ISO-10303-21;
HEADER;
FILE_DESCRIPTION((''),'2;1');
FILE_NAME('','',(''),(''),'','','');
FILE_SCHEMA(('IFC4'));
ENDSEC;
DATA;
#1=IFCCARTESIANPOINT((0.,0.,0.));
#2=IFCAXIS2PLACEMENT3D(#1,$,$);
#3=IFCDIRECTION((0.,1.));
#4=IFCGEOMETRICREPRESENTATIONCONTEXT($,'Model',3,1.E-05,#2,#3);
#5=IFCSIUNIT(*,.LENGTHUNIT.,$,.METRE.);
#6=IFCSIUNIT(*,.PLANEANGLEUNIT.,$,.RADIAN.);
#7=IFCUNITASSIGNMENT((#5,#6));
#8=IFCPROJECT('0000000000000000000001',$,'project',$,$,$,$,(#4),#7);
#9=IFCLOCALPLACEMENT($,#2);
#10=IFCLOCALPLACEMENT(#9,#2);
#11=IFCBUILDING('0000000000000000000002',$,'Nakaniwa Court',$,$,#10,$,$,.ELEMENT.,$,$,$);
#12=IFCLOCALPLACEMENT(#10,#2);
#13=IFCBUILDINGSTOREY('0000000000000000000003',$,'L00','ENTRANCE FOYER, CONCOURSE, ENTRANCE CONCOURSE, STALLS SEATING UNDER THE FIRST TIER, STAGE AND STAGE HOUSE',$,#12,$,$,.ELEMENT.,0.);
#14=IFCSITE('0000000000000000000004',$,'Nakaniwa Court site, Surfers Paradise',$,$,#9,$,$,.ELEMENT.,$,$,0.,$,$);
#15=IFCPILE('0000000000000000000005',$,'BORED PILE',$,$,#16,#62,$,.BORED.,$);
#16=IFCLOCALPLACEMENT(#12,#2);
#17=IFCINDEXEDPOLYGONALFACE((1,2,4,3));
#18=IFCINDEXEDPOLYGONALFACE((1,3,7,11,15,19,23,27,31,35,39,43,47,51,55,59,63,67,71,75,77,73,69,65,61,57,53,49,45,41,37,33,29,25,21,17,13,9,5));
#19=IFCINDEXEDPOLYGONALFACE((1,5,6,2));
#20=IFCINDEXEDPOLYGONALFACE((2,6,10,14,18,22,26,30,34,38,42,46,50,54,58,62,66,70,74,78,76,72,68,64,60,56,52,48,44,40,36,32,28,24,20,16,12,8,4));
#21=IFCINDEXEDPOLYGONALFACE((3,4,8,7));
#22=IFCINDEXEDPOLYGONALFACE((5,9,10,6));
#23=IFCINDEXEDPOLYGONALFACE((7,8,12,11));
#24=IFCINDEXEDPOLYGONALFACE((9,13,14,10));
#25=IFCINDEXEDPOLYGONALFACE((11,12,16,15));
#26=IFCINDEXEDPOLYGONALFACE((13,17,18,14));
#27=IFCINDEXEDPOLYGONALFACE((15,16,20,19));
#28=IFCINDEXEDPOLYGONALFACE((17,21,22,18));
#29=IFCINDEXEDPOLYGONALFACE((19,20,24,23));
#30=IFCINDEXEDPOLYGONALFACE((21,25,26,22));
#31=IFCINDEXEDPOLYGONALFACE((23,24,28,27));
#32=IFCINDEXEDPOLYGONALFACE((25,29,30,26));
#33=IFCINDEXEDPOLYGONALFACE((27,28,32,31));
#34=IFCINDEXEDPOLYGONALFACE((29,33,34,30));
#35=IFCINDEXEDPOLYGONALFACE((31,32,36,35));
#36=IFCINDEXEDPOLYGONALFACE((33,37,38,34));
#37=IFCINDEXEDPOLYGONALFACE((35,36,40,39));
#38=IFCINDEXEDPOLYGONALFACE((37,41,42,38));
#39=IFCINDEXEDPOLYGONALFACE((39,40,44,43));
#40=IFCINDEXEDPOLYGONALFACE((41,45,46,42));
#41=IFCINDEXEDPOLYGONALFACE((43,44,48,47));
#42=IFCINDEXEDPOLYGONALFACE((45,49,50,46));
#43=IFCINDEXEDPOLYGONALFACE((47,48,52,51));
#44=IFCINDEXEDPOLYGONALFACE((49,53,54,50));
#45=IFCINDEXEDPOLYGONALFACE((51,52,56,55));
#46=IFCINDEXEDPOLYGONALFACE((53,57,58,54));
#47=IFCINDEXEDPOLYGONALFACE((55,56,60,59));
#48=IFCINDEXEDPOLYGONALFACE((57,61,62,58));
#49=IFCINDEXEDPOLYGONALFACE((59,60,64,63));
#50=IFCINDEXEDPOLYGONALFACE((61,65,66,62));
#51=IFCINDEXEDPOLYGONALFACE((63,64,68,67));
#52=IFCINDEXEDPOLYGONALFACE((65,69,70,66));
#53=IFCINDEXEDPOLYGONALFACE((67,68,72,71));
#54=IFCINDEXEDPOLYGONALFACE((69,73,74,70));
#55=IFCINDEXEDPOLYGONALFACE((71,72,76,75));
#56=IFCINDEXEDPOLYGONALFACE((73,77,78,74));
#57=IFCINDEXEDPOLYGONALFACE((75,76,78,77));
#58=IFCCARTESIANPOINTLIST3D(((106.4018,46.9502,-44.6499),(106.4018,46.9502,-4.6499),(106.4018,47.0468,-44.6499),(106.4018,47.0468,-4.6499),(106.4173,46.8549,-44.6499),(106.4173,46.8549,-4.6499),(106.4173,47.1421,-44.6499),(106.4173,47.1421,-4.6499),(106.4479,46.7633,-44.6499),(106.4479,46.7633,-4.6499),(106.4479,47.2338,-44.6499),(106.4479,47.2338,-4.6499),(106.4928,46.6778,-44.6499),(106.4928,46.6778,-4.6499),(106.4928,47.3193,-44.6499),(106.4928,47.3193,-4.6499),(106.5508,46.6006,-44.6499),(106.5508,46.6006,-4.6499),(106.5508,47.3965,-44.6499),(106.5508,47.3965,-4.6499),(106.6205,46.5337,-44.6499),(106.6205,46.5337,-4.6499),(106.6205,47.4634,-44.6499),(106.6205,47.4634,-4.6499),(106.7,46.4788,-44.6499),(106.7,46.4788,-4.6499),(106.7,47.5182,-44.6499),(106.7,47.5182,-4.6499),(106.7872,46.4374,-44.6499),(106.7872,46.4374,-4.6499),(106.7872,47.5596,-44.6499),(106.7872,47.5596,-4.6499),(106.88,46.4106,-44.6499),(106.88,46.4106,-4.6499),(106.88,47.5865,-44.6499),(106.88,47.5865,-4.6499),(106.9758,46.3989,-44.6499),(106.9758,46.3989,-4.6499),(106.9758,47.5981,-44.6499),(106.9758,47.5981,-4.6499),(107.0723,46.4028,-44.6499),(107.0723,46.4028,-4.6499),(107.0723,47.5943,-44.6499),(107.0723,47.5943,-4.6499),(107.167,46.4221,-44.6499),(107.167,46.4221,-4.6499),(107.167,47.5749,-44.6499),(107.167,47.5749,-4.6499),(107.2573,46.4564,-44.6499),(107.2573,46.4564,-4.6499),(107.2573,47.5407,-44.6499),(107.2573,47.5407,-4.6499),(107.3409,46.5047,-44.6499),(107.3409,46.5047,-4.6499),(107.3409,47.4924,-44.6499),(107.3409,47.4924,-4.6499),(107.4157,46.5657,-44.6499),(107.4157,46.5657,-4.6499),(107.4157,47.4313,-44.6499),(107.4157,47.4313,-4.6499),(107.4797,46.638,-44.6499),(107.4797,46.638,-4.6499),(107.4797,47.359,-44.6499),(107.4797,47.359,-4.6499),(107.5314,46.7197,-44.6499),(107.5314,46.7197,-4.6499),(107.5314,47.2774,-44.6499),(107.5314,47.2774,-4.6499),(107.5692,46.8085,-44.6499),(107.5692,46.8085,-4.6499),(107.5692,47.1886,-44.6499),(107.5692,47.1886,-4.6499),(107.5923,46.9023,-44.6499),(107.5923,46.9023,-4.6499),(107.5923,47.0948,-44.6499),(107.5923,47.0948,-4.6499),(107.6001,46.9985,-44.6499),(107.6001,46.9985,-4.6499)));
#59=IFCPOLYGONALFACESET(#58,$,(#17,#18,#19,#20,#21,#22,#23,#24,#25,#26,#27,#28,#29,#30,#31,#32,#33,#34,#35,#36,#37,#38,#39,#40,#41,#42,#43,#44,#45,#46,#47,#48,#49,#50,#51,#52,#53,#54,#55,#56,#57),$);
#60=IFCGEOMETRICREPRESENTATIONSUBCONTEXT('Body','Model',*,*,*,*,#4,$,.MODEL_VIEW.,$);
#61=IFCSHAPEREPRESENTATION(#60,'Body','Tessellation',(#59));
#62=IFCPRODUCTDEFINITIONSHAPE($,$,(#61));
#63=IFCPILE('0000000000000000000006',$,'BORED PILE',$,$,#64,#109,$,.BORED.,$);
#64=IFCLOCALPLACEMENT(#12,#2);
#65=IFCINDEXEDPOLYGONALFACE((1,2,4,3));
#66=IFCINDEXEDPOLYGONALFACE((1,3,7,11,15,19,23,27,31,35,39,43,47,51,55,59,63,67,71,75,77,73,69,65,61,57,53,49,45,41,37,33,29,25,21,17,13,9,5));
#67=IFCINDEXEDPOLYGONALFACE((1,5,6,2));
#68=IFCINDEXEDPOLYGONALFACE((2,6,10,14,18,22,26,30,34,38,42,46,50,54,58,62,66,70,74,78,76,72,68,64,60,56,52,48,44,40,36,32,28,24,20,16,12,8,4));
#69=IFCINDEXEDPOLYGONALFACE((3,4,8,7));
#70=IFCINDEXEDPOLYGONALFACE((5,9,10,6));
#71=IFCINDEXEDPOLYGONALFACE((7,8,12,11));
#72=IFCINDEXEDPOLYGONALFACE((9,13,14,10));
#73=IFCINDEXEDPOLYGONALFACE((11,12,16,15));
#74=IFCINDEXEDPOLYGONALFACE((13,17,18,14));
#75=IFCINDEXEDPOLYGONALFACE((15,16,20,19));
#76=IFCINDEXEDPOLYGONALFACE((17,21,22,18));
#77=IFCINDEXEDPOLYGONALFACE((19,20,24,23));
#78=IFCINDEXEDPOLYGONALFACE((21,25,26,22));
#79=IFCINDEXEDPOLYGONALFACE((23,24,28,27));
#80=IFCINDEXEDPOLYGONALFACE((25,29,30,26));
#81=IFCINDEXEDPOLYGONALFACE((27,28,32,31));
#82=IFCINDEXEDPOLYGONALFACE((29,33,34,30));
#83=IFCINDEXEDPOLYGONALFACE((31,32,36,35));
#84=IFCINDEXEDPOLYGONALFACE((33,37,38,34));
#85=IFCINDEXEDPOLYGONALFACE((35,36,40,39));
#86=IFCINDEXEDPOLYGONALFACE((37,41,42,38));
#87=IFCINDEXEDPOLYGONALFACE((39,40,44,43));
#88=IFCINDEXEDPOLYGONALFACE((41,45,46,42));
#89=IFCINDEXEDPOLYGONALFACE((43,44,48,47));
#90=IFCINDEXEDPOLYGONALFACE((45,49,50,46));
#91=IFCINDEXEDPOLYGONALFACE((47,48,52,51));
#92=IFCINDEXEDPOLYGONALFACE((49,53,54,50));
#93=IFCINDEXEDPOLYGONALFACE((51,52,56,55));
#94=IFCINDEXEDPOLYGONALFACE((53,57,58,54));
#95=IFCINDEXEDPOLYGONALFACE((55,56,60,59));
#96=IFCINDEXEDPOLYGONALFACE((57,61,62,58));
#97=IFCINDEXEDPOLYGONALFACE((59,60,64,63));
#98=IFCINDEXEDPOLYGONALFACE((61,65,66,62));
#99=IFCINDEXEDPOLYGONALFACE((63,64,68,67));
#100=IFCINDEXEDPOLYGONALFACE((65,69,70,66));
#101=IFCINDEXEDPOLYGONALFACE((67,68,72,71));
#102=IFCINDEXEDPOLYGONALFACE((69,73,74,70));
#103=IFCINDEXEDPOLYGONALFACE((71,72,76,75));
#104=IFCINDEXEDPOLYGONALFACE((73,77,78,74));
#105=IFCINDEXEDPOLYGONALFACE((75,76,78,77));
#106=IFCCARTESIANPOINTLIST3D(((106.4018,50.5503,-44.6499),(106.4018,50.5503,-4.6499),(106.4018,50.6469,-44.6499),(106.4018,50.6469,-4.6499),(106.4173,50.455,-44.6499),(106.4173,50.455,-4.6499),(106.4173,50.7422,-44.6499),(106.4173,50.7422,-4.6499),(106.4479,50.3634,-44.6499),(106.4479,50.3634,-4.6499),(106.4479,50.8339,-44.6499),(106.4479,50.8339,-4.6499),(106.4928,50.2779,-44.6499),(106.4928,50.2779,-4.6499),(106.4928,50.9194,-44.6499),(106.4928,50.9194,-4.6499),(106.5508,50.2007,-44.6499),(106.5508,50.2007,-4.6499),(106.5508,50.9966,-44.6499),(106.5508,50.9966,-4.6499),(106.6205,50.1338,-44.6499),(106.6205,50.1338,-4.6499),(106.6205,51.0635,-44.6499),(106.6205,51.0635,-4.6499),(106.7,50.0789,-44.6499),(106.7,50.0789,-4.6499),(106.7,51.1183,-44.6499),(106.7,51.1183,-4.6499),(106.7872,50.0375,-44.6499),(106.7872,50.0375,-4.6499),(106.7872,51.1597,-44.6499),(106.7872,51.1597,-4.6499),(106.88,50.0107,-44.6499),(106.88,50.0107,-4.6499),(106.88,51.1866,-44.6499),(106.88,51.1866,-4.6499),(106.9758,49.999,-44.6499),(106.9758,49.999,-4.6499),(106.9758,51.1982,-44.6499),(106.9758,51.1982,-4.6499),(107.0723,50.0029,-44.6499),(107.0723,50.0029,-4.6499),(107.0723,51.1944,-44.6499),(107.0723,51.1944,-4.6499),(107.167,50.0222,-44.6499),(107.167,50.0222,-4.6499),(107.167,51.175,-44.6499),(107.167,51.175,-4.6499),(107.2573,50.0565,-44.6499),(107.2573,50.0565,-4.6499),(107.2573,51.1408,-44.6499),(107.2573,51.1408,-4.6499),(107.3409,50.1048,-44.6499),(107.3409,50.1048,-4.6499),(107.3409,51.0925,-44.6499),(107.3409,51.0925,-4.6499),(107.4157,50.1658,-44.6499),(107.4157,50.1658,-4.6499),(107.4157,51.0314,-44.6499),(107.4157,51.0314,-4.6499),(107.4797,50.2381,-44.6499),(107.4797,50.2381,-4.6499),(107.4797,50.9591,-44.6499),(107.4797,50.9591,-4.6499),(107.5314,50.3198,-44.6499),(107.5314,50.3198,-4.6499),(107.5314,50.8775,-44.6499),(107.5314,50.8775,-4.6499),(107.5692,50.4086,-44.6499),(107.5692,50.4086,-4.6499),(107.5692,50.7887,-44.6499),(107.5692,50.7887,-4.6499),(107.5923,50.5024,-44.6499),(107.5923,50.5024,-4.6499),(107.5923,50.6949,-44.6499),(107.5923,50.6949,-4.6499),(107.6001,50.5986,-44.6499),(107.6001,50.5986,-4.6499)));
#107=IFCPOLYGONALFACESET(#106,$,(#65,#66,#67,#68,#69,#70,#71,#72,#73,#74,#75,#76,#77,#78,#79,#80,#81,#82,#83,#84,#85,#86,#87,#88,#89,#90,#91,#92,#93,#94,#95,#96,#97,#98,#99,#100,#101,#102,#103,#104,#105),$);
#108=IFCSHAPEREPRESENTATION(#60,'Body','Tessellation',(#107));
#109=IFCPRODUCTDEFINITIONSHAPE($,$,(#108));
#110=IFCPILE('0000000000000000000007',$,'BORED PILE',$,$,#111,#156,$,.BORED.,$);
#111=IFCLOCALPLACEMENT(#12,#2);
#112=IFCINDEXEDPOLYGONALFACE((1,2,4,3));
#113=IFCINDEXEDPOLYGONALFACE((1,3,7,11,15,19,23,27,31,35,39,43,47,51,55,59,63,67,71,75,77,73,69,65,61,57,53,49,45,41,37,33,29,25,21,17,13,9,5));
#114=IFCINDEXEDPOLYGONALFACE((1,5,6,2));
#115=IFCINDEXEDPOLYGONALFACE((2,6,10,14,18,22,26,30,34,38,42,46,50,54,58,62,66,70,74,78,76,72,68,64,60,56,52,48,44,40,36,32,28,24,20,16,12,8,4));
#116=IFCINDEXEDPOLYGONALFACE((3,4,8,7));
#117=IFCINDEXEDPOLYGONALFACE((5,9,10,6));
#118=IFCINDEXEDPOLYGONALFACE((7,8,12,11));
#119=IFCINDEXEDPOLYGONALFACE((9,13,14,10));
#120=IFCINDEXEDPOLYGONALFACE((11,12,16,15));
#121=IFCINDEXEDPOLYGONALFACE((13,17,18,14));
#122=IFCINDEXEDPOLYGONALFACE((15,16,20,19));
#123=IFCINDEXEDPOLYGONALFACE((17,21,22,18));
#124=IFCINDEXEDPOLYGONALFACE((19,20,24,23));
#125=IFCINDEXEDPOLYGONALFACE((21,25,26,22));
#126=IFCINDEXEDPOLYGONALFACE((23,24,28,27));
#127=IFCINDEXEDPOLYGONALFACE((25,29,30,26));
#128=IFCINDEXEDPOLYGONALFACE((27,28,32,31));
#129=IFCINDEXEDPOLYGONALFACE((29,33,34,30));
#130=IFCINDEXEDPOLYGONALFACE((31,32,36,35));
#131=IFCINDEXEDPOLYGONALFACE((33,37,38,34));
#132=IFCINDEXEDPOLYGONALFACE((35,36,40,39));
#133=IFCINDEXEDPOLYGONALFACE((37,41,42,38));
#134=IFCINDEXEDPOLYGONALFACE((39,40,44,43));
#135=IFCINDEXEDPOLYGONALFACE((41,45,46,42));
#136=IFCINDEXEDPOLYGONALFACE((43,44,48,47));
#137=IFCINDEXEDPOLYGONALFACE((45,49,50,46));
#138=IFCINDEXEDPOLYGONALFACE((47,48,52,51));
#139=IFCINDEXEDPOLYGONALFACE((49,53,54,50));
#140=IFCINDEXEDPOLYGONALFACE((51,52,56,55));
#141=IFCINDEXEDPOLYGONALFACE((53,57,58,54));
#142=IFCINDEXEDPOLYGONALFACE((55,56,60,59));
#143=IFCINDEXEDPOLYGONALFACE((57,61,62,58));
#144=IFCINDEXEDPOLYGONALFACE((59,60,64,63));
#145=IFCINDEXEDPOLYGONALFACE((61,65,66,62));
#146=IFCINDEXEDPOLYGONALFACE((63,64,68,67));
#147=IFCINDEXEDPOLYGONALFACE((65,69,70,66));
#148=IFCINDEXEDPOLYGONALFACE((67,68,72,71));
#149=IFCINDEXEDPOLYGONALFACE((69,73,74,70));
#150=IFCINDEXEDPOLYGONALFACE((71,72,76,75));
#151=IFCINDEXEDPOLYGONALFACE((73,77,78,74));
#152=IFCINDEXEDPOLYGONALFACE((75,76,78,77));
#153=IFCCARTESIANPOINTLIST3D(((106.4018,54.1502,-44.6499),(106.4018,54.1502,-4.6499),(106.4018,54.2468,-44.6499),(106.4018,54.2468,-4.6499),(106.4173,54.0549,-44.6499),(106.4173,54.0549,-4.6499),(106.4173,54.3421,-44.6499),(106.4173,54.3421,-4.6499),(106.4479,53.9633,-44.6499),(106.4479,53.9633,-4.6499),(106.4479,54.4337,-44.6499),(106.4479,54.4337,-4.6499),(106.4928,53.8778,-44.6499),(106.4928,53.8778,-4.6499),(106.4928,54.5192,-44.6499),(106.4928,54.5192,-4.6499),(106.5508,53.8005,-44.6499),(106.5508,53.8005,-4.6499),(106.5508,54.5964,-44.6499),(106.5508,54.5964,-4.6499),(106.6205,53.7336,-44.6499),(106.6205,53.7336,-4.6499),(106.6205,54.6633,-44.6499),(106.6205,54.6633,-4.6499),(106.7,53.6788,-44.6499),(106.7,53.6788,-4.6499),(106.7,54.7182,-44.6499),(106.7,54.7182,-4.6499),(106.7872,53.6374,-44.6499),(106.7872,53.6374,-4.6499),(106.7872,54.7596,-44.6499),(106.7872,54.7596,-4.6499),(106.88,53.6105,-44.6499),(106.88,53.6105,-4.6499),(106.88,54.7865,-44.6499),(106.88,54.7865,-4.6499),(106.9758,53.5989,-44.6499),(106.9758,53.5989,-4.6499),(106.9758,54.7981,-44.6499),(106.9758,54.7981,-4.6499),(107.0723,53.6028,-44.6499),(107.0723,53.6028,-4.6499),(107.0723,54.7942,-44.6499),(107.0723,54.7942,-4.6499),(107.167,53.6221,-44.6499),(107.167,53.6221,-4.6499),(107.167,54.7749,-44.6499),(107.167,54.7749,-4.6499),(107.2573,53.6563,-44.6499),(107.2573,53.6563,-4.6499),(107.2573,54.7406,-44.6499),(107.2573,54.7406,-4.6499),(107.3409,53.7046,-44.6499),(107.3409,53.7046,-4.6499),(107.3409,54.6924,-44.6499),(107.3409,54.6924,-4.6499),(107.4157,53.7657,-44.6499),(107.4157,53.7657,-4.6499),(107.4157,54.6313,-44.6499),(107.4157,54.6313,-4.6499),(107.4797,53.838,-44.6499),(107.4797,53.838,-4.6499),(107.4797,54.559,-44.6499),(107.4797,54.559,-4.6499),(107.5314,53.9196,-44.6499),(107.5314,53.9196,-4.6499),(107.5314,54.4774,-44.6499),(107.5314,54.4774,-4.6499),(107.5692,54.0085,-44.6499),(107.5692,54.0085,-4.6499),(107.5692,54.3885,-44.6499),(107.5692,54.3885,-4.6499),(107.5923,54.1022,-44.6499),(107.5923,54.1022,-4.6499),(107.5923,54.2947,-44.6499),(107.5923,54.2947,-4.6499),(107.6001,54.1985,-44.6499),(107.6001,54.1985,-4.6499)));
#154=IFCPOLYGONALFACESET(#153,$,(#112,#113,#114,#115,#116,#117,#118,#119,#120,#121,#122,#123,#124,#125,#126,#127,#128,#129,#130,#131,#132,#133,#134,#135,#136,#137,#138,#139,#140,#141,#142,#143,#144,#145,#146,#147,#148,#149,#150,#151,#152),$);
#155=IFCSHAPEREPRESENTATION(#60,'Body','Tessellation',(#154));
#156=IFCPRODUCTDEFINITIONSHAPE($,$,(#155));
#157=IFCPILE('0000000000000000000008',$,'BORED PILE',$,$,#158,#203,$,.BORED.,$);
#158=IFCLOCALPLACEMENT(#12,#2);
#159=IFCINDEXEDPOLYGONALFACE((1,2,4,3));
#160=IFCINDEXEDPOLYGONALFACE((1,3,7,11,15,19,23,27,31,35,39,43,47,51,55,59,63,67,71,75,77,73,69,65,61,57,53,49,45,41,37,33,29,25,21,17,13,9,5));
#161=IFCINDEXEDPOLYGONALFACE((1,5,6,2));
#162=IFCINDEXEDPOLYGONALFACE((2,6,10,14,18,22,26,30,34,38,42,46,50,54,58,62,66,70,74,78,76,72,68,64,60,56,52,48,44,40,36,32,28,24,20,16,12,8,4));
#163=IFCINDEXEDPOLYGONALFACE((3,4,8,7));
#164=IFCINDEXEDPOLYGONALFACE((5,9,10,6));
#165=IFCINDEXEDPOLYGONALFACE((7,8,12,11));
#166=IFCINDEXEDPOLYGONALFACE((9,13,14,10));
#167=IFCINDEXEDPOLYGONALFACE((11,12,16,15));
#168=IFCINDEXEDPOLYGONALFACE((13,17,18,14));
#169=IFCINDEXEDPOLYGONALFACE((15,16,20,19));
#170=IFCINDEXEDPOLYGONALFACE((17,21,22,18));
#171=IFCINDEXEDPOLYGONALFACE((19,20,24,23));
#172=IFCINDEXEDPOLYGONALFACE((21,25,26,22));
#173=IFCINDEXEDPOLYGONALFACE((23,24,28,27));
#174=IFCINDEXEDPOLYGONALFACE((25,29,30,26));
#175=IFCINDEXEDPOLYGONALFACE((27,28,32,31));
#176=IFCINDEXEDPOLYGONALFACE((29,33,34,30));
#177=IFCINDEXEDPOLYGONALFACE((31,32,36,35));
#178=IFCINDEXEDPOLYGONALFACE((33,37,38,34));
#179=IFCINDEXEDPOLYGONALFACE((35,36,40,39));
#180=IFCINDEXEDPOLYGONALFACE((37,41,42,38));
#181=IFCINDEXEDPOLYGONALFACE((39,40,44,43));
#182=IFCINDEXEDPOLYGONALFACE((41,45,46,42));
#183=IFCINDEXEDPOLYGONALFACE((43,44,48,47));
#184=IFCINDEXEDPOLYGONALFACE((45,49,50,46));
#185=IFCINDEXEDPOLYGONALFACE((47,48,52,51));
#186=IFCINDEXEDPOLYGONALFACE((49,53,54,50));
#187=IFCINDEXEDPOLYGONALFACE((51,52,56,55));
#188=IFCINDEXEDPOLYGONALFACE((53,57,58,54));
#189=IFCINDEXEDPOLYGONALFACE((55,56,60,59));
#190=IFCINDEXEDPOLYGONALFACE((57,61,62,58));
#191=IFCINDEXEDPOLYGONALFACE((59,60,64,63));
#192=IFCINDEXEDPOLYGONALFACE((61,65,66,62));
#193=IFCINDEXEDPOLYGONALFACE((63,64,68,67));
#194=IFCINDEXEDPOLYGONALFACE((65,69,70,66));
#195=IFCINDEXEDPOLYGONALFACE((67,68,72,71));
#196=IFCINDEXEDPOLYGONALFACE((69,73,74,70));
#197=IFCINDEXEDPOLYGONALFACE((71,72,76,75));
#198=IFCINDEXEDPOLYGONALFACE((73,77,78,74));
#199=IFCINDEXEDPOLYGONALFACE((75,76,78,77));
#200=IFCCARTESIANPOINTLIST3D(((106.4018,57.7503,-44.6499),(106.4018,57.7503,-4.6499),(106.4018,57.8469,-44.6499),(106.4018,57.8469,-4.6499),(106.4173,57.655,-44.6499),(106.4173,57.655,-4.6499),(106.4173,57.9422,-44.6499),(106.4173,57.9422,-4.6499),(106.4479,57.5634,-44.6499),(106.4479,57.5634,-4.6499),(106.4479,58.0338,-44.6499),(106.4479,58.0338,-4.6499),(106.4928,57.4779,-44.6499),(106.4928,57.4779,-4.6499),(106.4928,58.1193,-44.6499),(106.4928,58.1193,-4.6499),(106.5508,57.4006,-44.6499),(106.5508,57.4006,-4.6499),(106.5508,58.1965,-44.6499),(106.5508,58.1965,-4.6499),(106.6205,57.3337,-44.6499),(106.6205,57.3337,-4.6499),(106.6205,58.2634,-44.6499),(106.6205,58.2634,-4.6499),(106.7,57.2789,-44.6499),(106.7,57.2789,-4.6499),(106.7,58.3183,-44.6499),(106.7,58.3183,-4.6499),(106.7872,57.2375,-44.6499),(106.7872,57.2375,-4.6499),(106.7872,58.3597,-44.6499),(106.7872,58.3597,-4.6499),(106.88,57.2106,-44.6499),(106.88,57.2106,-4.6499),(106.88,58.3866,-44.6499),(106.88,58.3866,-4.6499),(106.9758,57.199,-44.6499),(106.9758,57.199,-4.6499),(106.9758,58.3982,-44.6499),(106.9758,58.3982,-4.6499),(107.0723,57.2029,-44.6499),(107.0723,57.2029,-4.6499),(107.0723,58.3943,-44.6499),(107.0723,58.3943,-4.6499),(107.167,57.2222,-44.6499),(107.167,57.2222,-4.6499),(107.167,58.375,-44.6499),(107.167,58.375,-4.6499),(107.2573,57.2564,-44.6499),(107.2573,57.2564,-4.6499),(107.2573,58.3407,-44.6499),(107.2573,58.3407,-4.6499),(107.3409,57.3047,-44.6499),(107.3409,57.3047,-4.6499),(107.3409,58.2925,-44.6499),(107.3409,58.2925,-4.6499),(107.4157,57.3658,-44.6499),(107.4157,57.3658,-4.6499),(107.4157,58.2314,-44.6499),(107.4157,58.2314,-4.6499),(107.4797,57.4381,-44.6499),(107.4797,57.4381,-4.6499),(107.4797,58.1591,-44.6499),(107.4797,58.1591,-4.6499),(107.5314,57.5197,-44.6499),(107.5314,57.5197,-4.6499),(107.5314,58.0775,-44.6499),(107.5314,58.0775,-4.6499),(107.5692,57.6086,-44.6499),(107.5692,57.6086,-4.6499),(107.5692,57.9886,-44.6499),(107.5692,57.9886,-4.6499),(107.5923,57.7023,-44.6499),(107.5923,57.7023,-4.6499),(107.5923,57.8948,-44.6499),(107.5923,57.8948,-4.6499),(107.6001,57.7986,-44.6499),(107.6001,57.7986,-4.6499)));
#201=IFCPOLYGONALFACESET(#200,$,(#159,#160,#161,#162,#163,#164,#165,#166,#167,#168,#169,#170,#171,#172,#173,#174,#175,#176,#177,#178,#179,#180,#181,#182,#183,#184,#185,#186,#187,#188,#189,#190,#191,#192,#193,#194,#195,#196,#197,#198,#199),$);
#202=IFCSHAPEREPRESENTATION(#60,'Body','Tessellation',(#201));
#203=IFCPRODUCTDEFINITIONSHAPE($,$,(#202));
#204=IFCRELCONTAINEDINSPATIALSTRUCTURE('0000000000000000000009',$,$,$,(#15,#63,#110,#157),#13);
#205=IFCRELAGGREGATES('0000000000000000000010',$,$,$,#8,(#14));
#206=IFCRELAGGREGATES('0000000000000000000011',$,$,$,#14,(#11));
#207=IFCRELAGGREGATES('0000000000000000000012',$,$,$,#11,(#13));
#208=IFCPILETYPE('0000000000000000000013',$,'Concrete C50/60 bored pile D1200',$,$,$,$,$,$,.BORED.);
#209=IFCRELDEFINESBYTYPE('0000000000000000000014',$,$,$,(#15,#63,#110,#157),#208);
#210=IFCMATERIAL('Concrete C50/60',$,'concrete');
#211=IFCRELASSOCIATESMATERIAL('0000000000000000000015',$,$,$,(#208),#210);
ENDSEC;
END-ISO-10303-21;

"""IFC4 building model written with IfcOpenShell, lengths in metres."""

from ifc_helpers import new_model, si_unit, direction, frame, origin, origin_2d, place, context, subcontext, project, spatial, circle, extrude, material, material_profile, profile_set, type_object, element, save


model = new_model("IFC4")

# Units and contexts
model_context = context("Model", 3, precision=1e-05, world=origin(), true_north=direction((0.0, 1.0)))
body_context = subcontext(model_context, "Body", "Model", "MODEL_VIEW")
ifc_project = project(units=[si_unit("LENGTHUNIT", "METRE"), si_unit("PLANEANGLEUNIT", "RADIAN")], contexts=[model_context])

# Site, building, storey
site_placement = place(None, origin())
site = spatial("IfcSite", under=ifc_project, at=site_placement, Name="Nakaniwa Court site, Surfers Paradise", CompositionType="ELEMENT", RefElevation=0.0)
building_placement = place(site_placement, origin())
building = spatial("IfcBuilding", under=site, at=building_placement, Name="Nakaniwa Court", CompositionType="ELEMENT")
storey_placement = place(building_placement, origin())
storey = spatial("IfcBuildingStorey", under=building, at=storey_placement, Name="L00", Description="ENTRANCE FOYER, CONCOURSE, ENTRANCE CONCOURSE, STALLS SEATING UNDER THE FIRST TIER, STAGE AND STAGE HOUSE", CompositionType="ELEMENT", Elevation=0.0)

# Piles
ifc_material_1 = material(Name="Concrete C50/60", Category="concrete")
ifc_material_profile_1 = material_profile(ifc_material_1, circle(Radius=0.6001, at=origin_2d()), Name="Concrete C50/60 bored pile D1200")
ifc_profile_set_1 = profile_set([ifc_material_profile_1], Name="Concrete C50/60")
pile_type = type_object("IfcPileType", Name="Concrete C50/60 bored pile D1200", PredefinedType="BORED", material=ifc_profile_set_1)
for number, where, z_axis, x_axis, name in (
    (1, (107.0, 46.9985, -4.6499), (0.0, 0.0, -1.0), (1.0, 0.0, 0.0), "BORED PILE"),
    (2, (107.0, 50.5986, -4.6499), (0.0, 0.0, -1.0), (1.0, 0.0, 0.0), "BORED PILE"),
    (3, (107.0, 54.1985, -4.6499), (0.0, 0.0, -1.0), (1.0, 0.0, 0.0), "BORED PILE"),
    (4, (107.0, 57.7986, -4.6499), (0.0, 0.0, -1.0), (1.0, 0.0, 0.0), "BORED PILE"),
):
    element("IfcPile", number, at=place(storey_placement, frame(where, z_axis=z_axis, x_axis=x_axis)), inside=storey, type_object=pile_type, Name=name, PredefinedType="BORED", context=body_context, shape_type="SweptSolid", body=[
        extrude(circle(Radius=0.6001, at=origin_2d()), origin(), (0.0, 0.0, 1.0), 40.0),
    ])

save(model, "model.ifc")
